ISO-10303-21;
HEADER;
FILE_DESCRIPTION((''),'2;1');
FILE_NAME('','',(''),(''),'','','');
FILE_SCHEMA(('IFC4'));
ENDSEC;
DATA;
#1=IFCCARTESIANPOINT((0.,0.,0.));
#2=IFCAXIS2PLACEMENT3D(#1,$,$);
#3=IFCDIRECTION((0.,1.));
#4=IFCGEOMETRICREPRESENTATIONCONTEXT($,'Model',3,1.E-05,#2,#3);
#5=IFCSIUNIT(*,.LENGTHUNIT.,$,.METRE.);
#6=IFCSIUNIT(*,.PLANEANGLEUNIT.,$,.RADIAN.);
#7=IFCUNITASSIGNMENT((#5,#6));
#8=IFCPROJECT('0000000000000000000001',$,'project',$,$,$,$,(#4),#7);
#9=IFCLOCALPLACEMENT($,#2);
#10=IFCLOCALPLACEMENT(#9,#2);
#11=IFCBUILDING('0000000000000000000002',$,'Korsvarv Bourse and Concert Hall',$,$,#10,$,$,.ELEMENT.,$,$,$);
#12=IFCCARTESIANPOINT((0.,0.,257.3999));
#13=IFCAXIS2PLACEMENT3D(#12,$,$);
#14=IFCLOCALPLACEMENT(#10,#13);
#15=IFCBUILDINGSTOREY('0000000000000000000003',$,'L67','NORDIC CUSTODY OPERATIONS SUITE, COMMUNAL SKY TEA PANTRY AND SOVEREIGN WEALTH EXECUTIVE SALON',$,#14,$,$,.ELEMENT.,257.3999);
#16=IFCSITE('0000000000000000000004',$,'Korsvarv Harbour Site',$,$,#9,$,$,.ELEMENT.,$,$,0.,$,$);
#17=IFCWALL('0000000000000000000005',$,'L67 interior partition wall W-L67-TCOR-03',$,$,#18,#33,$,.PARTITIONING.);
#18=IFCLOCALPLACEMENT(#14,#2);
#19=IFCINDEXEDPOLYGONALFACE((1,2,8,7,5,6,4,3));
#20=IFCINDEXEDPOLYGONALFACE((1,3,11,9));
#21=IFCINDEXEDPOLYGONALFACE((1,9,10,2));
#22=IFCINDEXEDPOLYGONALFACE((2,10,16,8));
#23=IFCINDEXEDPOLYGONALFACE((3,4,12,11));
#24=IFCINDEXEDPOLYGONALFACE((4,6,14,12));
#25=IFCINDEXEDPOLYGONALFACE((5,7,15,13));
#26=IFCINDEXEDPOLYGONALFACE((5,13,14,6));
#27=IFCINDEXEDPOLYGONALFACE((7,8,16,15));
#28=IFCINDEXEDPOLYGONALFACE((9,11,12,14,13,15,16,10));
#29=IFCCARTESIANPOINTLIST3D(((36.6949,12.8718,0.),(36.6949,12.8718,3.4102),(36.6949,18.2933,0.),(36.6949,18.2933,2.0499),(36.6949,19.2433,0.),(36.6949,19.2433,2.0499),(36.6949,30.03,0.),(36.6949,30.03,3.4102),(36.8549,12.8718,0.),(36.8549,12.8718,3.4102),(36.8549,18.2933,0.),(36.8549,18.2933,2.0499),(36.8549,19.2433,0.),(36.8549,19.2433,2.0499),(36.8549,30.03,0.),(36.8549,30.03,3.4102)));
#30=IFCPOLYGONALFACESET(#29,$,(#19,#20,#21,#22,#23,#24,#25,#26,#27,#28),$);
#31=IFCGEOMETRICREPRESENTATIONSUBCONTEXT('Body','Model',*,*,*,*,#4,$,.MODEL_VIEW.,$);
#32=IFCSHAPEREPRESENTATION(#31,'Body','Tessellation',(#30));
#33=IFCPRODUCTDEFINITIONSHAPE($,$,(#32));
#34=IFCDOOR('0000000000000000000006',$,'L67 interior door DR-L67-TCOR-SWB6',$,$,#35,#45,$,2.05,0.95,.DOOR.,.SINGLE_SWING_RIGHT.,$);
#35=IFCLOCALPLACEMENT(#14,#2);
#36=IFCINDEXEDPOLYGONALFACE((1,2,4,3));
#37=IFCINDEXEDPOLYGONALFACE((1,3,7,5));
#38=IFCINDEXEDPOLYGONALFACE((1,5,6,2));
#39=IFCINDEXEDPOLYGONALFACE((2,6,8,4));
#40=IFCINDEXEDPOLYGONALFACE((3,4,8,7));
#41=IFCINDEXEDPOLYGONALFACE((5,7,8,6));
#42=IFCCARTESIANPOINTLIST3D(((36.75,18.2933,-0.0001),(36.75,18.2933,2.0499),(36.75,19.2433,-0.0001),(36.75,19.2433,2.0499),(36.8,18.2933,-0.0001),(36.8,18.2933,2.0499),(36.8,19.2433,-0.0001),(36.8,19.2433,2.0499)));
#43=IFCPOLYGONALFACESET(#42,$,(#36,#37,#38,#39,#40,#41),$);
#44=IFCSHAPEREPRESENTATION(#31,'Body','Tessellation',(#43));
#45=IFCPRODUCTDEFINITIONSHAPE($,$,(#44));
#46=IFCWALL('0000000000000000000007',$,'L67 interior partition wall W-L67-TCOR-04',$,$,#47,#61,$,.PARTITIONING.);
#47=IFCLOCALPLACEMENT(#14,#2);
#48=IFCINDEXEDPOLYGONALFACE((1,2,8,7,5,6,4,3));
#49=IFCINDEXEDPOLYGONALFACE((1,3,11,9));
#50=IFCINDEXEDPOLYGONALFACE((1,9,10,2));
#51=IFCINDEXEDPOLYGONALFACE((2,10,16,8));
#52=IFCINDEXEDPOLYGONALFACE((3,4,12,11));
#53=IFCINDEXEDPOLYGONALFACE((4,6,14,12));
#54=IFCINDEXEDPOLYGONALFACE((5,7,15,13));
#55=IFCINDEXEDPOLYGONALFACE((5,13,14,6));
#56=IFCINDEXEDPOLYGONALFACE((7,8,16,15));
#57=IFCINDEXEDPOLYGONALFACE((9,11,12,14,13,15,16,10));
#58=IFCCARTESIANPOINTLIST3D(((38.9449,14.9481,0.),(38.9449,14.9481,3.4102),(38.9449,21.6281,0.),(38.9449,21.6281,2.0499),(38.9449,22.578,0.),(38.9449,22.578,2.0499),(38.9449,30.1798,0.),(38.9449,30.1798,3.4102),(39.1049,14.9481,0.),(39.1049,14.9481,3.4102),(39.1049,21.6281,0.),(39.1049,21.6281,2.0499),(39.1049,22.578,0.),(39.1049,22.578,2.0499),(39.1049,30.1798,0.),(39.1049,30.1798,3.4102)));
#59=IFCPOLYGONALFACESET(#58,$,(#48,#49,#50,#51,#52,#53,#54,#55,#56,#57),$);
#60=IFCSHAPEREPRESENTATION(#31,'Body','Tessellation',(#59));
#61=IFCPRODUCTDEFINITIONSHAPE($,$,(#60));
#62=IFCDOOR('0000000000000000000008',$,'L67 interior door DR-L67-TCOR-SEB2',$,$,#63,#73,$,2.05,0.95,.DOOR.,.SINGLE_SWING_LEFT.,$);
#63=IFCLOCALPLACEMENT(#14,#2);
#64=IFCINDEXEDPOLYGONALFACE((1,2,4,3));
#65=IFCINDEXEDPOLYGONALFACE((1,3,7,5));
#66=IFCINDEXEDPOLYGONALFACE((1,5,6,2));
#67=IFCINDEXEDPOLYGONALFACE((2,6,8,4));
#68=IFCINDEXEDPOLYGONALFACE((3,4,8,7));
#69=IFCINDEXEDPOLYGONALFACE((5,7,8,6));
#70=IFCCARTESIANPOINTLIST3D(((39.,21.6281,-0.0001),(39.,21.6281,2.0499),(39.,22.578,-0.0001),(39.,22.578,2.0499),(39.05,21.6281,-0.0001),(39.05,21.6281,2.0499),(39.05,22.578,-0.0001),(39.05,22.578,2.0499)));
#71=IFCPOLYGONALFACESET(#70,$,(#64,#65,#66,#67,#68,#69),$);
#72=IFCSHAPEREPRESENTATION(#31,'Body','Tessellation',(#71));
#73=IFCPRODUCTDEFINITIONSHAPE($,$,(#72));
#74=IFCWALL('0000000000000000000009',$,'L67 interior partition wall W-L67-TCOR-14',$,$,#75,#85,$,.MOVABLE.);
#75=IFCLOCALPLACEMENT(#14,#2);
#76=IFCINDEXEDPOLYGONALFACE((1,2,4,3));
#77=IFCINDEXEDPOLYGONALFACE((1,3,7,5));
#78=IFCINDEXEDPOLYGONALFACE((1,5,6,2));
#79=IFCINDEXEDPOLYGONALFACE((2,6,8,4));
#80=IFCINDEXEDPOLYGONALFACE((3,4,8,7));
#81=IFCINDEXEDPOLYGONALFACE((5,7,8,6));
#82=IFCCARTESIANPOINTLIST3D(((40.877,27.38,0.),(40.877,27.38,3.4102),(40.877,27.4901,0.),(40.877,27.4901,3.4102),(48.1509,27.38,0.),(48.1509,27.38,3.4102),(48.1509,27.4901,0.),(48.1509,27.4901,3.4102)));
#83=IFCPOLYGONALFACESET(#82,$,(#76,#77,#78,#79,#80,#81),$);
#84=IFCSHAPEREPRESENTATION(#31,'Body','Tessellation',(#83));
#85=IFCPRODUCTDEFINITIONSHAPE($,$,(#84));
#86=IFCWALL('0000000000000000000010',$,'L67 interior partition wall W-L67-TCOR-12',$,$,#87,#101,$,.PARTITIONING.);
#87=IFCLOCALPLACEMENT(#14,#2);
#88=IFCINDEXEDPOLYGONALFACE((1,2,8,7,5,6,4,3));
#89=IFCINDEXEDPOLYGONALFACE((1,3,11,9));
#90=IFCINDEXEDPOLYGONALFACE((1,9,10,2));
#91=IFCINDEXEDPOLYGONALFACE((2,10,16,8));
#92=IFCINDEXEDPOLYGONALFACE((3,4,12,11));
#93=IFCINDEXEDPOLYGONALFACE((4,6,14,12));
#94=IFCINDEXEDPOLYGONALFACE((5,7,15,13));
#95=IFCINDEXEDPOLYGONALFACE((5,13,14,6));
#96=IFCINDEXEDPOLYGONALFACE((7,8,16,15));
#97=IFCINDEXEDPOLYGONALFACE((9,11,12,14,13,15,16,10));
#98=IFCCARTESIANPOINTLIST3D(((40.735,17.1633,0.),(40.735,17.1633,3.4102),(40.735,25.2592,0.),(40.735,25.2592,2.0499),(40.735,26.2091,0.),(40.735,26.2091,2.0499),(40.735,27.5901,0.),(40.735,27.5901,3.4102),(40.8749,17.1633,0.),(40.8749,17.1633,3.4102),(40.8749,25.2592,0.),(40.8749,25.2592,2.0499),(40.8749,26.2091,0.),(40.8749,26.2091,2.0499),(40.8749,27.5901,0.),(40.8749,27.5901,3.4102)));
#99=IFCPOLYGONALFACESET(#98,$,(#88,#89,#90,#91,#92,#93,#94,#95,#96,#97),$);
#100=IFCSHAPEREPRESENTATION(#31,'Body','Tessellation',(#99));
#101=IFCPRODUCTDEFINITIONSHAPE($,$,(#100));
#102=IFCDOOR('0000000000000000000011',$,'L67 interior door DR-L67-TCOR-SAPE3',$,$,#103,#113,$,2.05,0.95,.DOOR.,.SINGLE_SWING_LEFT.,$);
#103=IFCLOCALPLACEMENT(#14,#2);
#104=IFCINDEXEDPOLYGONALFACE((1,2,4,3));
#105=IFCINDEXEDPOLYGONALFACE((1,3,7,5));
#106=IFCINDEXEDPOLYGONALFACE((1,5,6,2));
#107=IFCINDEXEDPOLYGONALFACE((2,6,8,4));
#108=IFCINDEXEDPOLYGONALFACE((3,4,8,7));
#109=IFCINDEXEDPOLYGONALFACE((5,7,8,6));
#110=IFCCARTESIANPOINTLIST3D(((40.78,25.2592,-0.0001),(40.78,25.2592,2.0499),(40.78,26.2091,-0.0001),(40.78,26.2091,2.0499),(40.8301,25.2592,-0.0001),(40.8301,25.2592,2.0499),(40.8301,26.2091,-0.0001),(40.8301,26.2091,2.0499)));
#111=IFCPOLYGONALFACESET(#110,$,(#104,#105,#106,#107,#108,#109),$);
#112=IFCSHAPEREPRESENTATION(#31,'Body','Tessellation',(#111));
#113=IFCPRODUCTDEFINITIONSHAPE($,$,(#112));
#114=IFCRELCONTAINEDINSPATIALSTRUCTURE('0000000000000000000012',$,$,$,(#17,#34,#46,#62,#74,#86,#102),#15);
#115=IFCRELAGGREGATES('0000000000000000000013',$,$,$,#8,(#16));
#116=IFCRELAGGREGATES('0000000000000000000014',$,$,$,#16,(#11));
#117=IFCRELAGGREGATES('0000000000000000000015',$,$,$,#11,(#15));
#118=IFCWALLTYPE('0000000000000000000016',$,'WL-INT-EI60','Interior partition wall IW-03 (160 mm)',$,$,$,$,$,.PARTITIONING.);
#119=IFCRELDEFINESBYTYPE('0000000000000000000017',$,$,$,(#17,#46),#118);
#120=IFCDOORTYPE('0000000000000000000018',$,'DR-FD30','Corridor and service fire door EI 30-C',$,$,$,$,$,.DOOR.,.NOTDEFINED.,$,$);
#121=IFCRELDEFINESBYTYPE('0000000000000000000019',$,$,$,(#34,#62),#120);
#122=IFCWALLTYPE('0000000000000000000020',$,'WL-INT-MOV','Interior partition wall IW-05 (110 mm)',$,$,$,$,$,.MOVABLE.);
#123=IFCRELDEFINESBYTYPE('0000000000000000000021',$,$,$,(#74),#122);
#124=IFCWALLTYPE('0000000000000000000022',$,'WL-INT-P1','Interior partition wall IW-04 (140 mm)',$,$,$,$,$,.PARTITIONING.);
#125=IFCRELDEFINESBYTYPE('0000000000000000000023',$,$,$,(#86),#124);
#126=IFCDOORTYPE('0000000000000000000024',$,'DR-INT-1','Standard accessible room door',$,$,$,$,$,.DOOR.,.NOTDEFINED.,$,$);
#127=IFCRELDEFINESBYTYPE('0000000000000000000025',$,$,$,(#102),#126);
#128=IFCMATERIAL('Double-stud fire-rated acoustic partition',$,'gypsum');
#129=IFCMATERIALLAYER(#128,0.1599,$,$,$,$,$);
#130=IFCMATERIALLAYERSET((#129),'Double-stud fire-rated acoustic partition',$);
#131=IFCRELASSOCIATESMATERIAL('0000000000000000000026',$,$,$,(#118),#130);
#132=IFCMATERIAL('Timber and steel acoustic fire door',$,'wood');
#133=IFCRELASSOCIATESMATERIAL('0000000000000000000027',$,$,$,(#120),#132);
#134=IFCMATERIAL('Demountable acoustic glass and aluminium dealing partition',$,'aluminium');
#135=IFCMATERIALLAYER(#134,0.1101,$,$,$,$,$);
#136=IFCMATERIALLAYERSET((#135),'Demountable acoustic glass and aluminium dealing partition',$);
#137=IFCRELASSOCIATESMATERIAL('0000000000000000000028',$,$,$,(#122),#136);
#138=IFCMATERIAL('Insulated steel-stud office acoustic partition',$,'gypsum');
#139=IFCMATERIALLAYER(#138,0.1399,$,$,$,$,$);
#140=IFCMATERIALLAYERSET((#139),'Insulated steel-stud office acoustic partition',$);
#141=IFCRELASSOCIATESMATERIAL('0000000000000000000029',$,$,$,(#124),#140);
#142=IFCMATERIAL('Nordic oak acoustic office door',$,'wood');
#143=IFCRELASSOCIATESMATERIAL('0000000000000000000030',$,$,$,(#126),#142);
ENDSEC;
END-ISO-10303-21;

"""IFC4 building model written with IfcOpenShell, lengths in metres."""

from ifc_helpers import new_model, si_unit, direction, frame, frame_2d, origin, place, context, subcontext, project, spatial, rectangle, extrude, material, layer, layer_set, type_object, element, fill, save


model = new_model("IFC4")

# Units and contexts
model_context = context("Model", 3, precision=1e-05, world=origin(), true_north=direction((0.0, 1.0)))
body_context = subcontext(model_context, "Body", "Model", "MODEL_VIEW")
ifc_project = project(units=[si_unit("LENGTHUNIT", "METRE"), si_unit("PLANEANGLEUNIT", "RADIAN")], contexts=[model_context])

# Site, building, storey
site_placement = place(None, origin())
site = spatial("IfcSite", under=ifc_project, at=site_placement, Name="Korsvarv Harbour Site", CompositionType="ELEMENT", RefElevation=0.0)
building_placement = place(site_placement, origin())
building = spatial("IfcBuilding", under=site, at=building_placement, Name="Korsvarv Bourse and Concert Hall", CompositionType="ELEMENT")
storey_placement = place(building_placement, frame((0.0, 0.0, 257.3999)))
storey = spatial("IfcBuildingStorey", under=building, at=storey_placement, Name="L67", Description="NORDIC CUSTODY OPERATIONS SUITE, COMMUNAL SKY TEA PANTRY AND SOVEREIGN WEALTH EXECUTIVE SALON", CompositionType="ELEMENT", Elevation=257.3999)

# Walls, openings, doors
ifc_material_1 = material(Name="Double-stud fire-rated acoustic partition", Category="gypsum")
ifc_layer_1 = layer(ifc_material_1, 0.1599)
ifc_layer_set_1 = layer_set([ifc_layer_1], Name="Double-stud fire-rated acoustic partition")
wall_type_1 = type_object("IfcWallType", Name="WL-INT-EI60", Description="Interior partition wall IW-03 (160 mm)", PredefinedType="PARTITIONING", material=ifc_layer_set_1)
wall_1_placement = place(storey_placement, frame((36.7749, 12.8718, 0.0), z_axis=(0.0, 0.0, 1.0), x_axis=(0.0, 1.0, 0.0)))
wall_1 = element("IfcWall", 1, at=wall_1_placement, inside=storey, type_object=wall_type_1, Name="L67 interior partition wall W-L67-TCOR-03", PredefinedType="PARTITIONING", context=body_context, shape_type="SweptSolid", body=[
    extrude(rectangle(XDim=17.1582, YDim=0.1599, at=frame_2d((8.5791, 0.0))), origin(), (0.0, 0.0, 1.0), 3.4102),
])
opening_1_placement = place(wall_1_placement, frame((5.4214, 0.0, 0.0)))
opening_1 = element("IfcOpeningElement", 2, at=opening_1_placement, cuts=wall_1, PredefinedType="OPENING", context=body_context, shape_type="SweptSolid", body=[
    extrude(rectangle(XDim=0.95, YDim=2.05, at=frame_2d((0.4751, 1.0249))), frame((0.0, 0.0898, 0.0), z_axis=(0.0, -1.0, 0.0), x_axis=(1.0, 0.0, 0.0)), (0.0, 0.0, 1.0), 0.1799),
])
ifc_material_2 = material(Name="Timber and steel acoustic fire door", Category="wood")
door_type_1 = type_object("IfcDoorType", Name="DR-FD30", Description="Corridor and service fire door EI 30-C", OperationType="NOTDEFINED", PredefinedType="DOOR", material=ifc_material_2)
door_1_placement = place(opening_1_placement, origin())
door_1 = element("IfcDoor", 3, at=door_1_placement, inside=storey, type_object=door_type_1, Name="L67 interior door DR-L67-TCOR-SWB6", OperationType="SINGLE_SWING_RIGHT", OverallHeight=2.05, OverallWidth=0.95, PredefinedType="DOOR", context=body_context, shape_type="SweptSolid", body=[
    extrude(rectangle(XDim=0.95, YDim=2.05, at=frame_2d((0.4751, 1.0249))), frame((0.0, 0.0249, 0.0), z_axis=(0.0, -1.0, 0.0), x_axis=(1.0, 0.0, 0.0)), (0.0, 0.0, 1.0), 0.05),
])
fill(opening_1, door_1)
wall_2_placement = place(storey_placement, frame((39.0249, 14.9482, 0.0), z_axis=(0.0, 0.0, 1.0), x_axis=(0.0, 1.0, 0.0)))
wall_2 = element("IfcWall", 4, at=wall_2_placement, inside=storey, type_object=wall_type_1, Name="L67 interior partition wall W-L67-TCOR-04", PredefinedType="PARTITIONING", context=body_context, shape_type="SweptSolid", body=[
    extrude(rectangle(XDim=15.2317, YDim=0.1599, at=frame_2d((7.6157, 0.0))), origin(), (0.0, 0.0, 1.0), 3.4102),
])
opening_2_placement = place(wall_2_placement, frame((6.6797, 0.0, 0.0)))
opening_2 = element("IfcOpeningElement", 5, at=opening_2_placement, cuts=wall_2, PredefinedType="OPENING", context=body_context, shape_type="SweptSolid", body=[
    extrude(rectangle(XDim=0.95, YDim=2.05, at=frame_2d((0.4751, 1.0249))), frame((0.0, 0.0898, 0.0), z_axis=(0.0, -1.0, 0.0), x_axis=(1.0, 0.0, 0.0)), (0.0, 0.0, 1.0), 0.1799),
])
door_2_placement = place(opening_2_placement, origin())
door_2 = element("IfcDoor", 6, at=door_2_placement, inside=storey, type_object=door_type_1, Name="L67 interior door DR-L67-TCOR-SEB2", OperationType="SINGLE_SWING_LEFT", OverallHeight=2.05, OverallWidth=0.95, PredefinedType="DOOR", context=body_context, shape_type="SweptSolid", body=[
    extrude(rectangle(XDim=0.95, YDim=2.05, at=frame_2d((0.4751, 1.0249))), frame((0.0, 0.0249, 0.0), z_axis=(0.0, -1.0, 0.0), x_axis=(1.0, 0.0, 0.0)), (0.0, 0.0, 1.0), 0.05),
])
fill(opening_2, door_2)

# Wall
ifc_material_3 = material(Name="Demountable acoustic glass and aluminium dealing partition", Category="aluminium")
ifc_layer_2 = layer(ifc_material_3, 0.1101)
ifc_layer_set_2 = layer_set([ifc_layer_2], Name="Demountable acoustic glass and aluminium dealing partition")
wall_type_2 = type_object("IfcWallType", Name="WL-INT-MOV", Description="Interior partition wall IW-05 (110 mm)", PredefinedType="MOVABLE", material=ifc_layer_set_2)
wall_3_placement = place(storey_placement, frame((40.877, 27.4351, 0.0), z_axis=(0.0, 0.0, 1.0), x_axis=(1.0, 0.0, 0.0)))
element("IfcWall", 7, at=wall_3_placement, inside=storey, type_object=wall_type_2, Name="L67 interior partition wall W-L67-TCOR-14", PredefinedType="MOVABLE", context=body_context, shape_type="SweptSolid", body=[
    extrude(rectangle(XDim=7.2739, YDim=0.1101, at=frame_2d((3.637, 0.0))), origin(), (0.0, 0.0, 1.0), 3.4102),
])

# Wall, opening, door
ifc_material_4 = material(Name="Insulated steel-stud office acoustic partition", Category="gypsum")
ifc_layer_3 = layer(ifc_material_4, 0.1399)
ifc_layer_set_3 = layer_set([ifc_layer_3], Name="Insulated steel-stud office acoustic partition")
wall_type_3 = type_object("IfcWallType", Name="WL-INT-P1", Description="Interior partition wall IW-04 (140 mm)", PredefinedType="PARTITIONING", material=ifc_layer_set_3)
wall_4_placement = place(storey_placement, frame((40.8049, 17.1633, 0.0), z_axis=(0.0, 0.0, 1.0), x_axis=(0.0, 1.0, 0.0)))
wall_4 = element("IfcWall", 8, at=wall_4_placement, inside=storey, type_object=wall_type_3, Name="L67 interior partition wall W-L67-TCOR-12", PredefinedType="PARTITIONING", context=body_context, shape_type="SweptSolid", body=[
    extrude(rectangle(XDim=10.4268, YDim=0.1399, at=frame_2d((5.2134, 0.0))), origin(), (0.0, 0.0, 1.0), 3.4102),
])
opening_3_placement = place(wall_4_placement, frame((8.0957, 0.0, 0.0)))
opening_3 = element("IfcOpeningElement", 9, at=opening_3_placement, cuts=wall_4, PredefinedType="OPENING", context=body_context, shape_type="SweptSolid", body=[
    extrude(rectangle(XDim=0.95, YDim=2.05, at=frame_2d((0.4751, 1.0249))), frame((0.0, 0.0801, 0.0), z_axis=(0.0, -1.0, 0.0), x_axis=(1.0, 0.0, 0.0)), (0.0, 0.0, 1.0), 0.1599),
])
ifc_material_5 = material(Name="Nordic oak acoustic office door", Category="wood")
door_type_2 = type_object("IfcDoorType", Name="DR-INT-1", Description="Standard accessible room door", OperationType="NOTDEFINED", PredefinedType="DOOR", material=ifc_material_5)
door_3_placement = place(opening_3_placement, origin())
door_3 = element("IfcDoor", 10, at=door_3_placement, inside=storey, type_object=door_type_2, Name="L67 interior door DR-L67-TCOR-SAPE3", OperationType="SINGLE_SWING_LEFT", OverallHeight=2.05, OverallWidth=0.95, PredefinedType="DOOR", context=body_context, shape_type="SweptSolid", body=[
    extrude(rectangle(XDim=0.95, YDim=2.05, at=frame_2d((0.4751, 1.0249))), frame((0.0, 0.0249, 0.0), z_axis=(0.0, -1.0, 0.0), x_axis=(1.0, 0.0, 0.0)), (0.0, 0.0, 1.0), 0.05),
])
fill(opening_3, door_3)

save(model, "model.ifc")
